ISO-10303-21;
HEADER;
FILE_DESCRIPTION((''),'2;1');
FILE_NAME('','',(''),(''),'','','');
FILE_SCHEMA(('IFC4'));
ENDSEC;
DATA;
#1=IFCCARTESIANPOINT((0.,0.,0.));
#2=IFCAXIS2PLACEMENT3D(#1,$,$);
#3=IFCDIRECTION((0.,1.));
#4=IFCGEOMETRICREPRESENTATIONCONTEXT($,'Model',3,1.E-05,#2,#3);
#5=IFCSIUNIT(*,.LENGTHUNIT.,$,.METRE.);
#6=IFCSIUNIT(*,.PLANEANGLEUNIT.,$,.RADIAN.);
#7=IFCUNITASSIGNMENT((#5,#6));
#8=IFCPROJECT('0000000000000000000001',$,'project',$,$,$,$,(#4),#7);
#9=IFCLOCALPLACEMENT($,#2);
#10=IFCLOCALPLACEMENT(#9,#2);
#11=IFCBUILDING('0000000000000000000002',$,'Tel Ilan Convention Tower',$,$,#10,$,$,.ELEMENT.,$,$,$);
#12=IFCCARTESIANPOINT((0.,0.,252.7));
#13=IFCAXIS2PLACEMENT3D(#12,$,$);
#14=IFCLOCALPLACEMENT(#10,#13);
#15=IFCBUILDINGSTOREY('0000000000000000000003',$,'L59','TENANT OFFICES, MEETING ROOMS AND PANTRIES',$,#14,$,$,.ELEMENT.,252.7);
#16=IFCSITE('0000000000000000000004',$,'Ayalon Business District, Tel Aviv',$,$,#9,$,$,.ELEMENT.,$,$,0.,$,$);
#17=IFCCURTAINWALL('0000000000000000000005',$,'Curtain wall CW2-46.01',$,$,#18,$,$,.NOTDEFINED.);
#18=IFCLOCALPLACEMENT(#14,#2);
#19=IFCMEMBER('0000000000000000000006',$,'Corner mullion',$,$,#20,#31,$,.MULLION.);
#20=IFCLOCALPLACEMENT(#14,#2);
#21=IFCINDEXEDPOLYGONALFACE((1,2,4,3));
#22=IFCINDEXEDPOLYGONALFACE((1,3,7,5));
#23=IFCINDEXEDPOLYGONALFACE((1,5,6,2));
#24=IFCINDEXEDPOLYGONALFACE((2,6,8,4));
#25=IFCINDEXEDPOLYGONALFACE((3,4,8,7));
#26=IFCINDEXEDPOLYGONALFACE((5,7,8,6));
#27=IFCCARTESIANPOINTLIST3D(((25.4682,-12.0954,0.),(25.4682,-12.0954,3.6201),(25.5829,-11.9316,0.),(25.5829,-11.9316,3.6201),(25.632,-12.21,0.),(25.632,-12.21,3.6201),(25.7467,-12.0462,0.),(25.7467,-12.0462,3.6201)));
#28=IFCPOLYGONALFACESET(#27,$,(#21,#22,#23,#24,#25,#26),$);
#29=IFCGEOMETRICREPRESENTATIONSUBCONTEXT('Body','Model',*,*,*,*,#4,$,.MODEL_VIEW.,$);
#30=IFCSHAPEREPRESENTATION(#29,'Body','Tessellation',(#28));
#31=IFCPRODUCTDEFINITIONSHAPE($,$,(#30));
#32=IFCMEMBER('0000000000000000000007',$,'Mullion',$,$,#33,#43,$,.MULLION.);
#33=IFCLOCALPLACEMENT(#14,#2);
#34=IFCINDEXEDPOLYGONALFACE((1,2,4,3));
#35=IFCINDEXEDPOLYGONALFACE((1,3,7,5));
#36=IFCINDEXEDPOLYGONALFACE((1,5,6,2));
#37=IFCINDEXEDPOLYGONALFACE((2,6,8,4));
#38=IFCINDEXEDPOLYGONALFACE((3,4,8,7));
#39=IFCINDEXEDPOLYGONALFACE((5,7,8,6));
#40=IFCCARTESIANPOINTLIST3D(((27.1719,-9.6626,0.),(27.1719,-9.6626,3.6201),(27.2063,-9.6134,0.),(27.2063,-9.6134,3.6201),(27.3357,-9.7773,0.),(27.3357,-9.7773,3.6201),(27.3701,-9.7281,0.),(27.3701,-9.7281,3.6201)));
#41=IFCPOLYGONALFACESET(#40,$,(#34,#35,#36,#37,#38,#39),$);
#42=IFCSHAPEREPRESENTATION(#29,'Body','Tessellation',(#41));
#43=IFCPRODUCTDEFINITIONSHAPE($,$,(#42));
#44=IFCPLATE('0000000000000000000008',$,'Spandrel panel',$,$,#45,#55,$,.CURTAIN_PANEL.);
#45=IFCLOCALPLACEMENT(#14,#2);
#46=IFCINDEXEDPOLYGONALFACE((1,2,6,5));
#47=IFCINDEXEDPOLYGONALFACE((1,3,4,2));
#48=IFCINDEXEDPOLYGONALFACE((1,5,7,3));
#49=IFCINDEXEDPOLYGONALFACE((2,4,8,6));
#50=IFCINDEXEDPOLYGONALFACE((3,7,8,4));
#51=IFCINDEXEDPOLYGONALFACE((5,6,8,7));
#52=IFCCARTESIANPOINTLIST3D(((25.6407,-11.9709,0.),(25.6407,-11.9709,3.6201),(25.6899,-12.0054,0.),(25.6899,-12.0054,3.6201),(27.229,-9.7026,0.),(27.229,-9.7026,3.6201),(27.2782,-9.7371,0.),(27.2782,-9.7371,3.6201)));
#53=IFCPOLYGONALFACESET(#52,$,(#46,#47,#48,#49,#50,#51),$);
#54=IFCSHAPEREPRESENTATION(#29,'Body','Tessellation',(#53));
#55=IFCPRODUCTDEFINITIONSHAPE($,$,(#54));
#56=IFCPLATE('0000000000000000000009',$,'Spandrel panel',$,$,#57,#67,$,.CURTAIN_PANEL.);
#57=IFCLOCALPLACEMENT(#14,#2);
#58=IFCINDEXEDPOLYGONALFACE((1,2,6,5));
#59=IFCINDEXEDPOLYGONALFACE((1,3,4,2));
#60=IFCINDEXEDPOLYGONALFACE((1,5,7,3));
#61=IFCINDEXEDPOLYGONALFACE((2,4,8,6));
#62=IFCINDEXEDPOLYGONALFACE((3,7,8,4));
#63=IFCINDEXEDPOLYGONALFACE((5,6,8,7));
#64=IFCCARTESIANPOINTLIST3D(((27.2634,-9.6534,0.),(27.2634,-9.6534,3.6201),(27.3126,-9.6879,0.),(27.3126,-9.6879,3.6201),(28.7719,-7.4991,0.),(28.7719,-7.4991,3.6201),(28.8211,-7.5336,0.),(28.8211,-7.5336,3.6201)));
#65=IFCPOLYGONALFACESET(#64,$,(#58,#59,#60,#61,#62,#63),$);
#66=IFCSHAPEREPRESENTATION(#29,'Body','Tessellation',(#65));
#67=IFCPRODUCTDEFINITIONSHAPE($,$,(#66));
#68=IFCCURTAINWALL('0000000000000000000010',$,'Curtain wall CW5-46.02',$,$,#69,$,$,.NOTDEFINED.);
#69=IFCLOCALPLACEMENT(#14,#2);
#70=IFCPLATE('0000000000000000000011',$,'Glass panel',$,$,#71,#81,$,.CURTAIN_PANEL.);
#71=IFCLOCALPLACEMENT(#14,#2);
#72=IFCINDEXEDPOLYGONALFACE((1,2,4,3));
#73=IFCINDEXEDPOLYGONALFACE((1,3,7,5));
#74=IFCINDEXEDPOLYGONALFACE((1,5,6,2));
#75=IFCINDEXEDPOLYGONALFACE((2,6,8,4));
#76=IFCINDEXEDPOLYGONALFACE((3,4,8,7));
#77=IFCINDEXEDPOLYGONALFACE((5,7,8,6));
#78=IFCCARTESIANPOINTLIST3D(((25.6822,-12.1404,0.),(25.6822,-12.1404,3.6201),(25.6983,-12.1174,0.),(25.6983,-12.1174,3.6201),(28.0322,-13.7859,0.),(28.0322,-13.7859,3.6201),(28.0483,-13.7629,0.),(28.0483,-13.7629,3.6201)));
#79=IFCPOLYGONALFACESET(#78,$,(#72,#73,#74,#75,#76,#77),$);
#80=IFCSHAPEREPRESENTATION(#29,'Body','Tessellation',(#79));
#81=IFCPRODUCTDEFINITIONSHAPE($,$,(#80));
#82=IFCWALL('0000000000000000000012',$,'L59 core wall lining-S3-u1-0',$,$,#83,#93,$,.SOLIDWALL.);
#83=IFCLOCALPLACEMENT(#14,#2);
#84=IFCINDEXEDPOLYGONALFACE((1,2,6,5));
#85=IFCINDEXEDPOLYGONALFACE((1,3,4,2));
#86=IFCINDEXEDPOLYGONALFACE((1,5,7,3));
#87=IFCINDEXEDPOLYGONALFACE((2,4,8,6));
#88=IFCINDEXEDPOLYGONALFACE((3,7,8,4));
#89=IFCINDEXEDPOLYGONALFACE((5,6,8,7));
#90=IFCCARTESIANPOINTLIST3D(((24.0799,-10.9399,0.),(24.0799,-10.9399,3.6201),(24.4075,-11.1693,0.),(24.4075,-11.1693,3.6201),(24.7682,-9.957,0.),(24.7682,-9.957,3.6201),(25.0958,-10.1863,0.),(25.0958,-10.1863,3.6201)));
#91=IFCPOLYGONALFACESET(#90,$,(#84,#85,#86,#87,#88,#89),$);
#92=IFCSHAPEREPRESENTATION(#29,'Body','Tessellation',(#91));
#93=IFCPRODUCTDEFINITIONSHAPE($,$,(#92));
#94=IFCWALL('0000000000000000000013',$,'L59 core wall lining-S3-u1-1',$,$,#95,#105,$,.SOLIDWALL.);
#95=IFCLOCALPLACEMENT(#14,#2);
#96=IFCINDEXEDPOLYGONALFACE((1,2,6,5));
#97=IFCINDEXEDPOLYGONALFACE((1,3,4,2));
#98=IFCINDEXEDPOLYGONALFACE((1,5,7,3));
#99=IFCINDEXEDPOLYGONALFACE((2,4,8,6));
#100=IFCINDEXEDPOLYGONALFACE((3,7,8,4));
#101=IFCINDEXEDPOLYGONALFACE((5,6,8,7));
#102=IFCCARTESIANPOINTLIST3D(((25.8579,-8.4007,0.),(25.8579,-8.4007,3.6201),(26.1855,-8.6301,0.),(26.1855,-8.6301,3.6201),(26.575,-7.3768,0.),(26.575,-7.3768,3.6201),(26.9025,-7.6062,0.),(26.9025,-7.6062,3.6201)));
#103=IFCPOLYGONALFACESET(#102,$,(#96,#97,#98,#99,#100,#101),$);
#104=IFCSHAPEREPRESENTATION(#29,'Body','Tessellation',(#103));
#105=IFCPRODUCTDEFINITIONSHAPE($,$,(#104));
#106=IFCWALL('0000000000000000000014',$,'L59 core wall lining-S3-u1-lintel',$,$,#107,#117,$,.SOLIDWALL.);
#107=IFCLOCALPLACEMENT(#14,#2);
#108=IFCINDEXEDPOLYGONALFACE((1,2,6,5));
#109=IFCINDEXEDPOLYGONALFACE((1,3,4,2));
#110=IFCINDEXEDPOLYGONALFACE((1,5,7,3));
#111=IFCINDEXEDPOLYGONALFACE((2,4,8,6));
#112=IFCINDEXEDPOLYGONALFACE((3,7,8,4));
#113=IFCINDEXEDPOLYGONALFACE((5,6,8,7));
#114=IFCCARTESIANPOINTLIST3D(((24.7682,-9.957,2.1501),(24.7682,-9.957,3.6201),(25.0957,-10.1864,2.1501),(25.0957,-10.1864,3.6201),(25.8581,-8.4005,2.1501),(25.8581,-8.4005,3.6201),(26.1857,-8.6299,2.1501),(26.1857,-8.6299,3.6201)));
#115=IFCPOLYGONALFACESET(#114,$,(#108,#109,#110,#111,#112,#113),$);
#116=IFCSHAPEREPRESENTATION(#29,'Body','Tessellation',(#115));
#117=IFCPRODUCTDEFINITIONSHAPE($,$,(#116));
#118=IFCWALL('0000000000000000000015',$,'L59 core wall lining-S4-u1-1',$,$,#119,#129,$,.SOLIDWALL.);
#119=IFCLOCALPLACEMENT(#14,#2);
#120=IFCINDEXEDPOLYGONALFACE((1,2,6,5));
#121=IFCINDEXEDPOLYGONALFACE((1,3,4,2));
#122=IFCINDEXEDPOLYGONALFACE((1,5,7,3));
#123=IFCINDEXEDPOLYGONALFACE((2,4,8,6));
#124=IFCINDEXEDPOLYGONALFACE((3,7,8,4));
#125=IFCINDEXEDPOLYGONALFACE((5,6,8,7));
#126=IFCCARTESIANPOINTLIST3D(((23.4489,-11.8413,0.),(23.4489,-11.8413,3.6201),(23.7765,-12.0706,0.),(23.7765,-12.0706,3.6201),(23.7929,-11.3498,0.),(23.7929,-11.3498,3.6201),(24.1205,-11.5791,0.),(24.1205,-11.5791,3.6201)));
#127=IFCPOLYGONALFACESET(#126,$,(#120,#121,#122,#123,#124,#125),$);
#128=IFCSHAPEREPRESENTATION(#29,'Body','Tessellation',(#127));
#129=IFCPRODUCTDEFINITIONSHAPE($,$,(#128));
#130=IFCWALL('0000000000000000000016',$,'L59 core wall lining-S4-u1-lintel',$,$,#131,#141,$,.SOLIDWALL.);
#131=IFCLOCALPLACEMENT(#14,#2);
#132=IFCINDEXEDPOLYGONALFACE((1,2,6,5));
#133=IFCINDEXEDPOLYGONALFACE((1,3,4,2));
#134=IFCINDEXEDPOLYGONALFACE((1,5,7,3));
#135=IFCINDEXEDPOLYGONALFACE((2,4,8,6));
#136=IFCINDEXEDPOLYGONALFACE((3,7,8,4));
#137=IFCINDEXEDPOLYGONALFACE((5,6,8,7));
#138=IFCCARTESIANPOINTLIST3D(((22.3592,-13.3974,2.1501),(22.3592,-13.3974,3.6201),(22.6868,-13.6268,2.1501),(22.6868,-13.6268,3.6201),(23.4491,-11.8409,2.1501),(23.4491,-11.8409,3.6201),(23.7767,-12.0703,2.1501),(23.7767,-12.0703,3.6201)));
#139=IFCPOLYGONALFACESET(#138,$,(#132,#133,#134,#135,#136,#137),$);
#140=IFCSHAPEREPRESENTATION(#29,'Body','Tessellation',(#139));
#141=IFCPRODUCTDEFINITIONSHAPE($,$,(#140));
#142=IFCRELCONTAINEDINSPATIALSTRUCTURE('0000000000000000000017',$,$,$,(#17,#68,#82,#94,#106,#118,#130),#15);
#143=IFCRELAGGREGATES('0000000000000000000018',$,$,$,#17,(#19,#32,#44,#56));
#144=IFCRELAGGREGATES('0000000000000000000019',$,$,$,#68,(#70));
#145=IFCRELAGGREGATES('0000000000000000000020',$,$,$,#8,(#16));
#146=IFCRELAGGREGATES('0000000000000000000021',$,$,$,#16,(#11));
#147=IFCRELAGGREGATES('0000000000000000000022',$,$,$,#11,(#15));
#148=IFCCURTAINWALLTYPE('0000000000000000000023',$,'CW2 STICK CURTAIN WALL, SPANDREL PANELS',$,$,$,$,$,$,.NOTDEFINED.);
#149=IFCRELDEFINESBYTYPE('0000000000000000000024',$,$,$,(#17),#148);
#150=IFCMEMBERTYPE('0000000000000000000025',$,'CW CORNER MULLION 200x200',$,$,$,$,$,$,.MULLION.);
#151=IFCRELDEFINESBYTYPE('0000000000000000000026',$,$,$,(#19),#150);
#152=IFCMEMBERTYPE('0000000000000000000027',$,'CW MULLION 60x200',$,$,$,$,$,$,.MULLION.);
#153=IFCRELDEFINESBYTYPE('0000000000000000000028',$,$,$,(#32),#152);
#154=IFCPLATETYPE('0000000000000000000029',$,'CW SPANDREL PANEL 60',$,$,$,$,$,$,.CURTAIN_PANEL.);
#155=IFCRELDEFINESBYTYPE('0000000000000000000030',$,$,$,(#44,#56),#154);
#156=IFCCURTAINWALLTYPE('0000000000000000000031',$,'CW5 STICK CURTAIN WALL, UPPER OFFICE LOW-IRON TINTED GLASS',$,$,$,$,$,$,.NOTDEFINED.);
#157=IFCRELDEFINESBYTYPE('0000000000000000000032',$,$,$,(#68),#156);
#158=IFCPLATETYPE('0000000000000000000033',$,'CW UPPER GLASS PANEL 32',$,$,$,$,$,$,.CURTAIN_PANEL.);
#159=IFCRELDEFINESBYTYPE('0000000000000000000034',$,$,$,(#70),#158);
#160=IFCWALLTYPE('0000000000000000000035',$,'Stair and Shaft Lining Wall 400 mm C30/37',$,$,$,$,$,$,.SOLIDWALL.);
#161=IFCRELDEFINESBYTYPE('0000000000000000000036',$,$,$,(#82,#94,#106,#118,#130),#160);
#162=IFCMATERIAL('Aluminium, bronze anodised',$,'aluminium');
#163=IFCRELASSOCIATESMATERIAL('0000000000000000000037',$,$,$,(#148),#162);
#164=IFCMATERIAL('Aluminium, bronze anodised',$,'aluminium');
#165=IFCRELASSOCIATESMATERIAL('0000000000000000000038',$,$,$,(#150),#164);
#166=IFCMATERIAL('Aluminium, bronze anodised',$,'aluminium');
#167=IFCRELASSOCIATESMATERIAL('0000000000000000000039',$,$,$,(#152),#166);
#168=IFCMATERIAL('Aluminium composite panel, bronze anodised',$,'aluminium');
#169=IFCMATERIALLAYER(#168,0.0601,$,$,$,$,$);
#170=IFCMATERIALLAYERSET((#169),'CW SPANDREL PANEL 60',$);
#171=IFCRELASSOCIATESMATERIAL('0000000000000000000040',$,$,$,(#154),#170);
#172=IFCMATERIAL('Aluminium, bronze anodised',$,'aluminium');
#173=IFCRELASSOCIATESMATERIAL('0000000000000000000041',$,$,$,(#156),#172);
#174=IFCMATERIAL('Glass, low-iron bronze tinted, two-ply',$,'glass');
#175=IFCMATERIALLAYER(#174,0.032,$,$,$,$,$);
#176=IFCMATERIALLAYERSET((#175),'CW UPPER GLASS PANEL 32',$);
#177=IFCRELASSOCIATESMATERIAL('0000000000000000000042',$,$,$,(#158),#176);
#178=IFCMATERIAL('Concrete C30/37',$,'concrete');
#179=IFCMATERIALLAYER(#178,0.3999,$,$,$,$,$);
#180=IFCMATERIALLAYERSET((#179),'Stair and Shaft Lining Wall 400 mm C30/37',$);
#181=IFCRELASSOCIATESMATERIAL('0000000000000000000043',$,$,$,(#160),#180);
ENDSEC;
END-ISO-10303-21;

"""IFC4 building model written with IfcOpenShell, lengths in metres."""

from ifc_helpers import new_model, si_unit, direction, frame, frame_2d, origin, origin_2d, place, context, subcontext, project, spatial, rectangle, extrude, material, layer, layer_set, material_profile, profile_set, type_object, element, aggregate, save


model = new_model("IFC4")

# Units and contexts
model_context = context("Model", 3, precision=1e-05, world=origin(), true_north=direction((0.0, 1.0)))
body_context = subcontext(model_context, "Body", "Model", "MODEL_VIEW")
ifc_project = project(units=[si_unit("LENGTHUNIT", "METRE"), si_unit("PLANEANGLEUNIT", "RADIAN")], contexts=[model_context])

# Site, building, storey
site_placement = place(None, origin())
site = spatial("IfcSite", under=ifc_project, at=site_placement, Name="Ayalon Business District, Tel Aviv", CompositionType="ELEMENT", RefElevation=0.0)
building_placement = place(site_placement, origin())
building = spatial("IfcBuilding", under=site, at=building_placement, Name="Tel Ilan Convention Tower", CompositionType="ELEMENT")
storey_placement = place(building_placement, frame((0.0, 0.0, 252.7)))
storey = spatial("IfcBuildingStorey", under=building, at=storey_placement, Name="L59", Description="TENANT OFFICES, MEETING ROOMS AND PANTRIES", CompositionType="ELEMENT", Elevation=252.7)

# Curtain wall, members, plates
ifc_material_1 = material(Name="Aluminium, bronze anodised", Category="aluminium")
curtain_wall_type_1 = type_object("IfcCurtainWallType", Name="CW2 STICK CURTAIN WALL, SPANDREL PANELS", PredefinedType="NOTDEFINED", material=ifc_material_1)
curtain_wall_1_placement = place(storey_placement, origin())
curtain_wall_1 = element("IfcCurtainWall", 1, at=curtain_wall_1_placement, inside=storey, type_object=curtain_wall_type_1, Name="Curtain wall CW2-46.01", PredefinedType="NOTDEFINED")
ifc_material_2 = material(Name="Aluminium, bronze anodised", Category="aluminium")
ifc_material_profile_1 = material_profile(ifc_material_2, rectangle(XDim=0.2, YDim=0.2, at=origin_2d()), Name="CW CORNER MULLION 200x200")
ifc_profile_set_1 = profile_set([ifc_material_profile_1], Name="Aluminium, bronze anodised")
member_type_1 = type_object("IfcMemberType", Name="CW CORNER MULLION 200x200", PredefinedType="MULLION", material=ifc_profile_set_1)
member_1_placement = place(storey_placement, frame((25.6074, -12.0708, 0.0), z_axis=(0.0, 0.0, 1.0), x_axis=(-0.819152, 0.573576, 0.0)))
member_1 = element("IfcMember", 2, at=member_1_placement, type_object=member_type_1, Name="Corner mullion", PredefinedType="MULLION", context=body_context, shape_type="SweptSolid", body=[
    extrude(rectangle(XDim=0.2, YDim=0.2, at=origin_2d()), origin(), (0.0, 0.0, 1.0), 3.6201),
])
ifc_material_3 = material(Name="Aluminium, bronze anodised", Category="aluminium")
ifc_material_profile_2 = material_profile(ifc_material_3, rectangle(XDim=0.0601, YDim=0.2, at=origin_2d()), Name="CW MULLION 60x200")
ifc_profile_set_2 = profile_set([ifc_material_profile_2], Name="Aluminium, bronze anodised")
member_type_2 = type_object("IfcMemberType", Name="CW MULLION 60x200", PredefinedType="MULLION", material=ifc_profile_set_2)
member_2_placement = place(storey_placement, frame((27.271, -9.6953, 0.0), z_axis=(0.0, 0.0, 1.0), x_axis=(0.573576, 0.819152, 0.0)))
member_2 = element("IfcMember", 3, at=member_2_placement, type_object=member_type_2, Name="Mullion", PredefinedType="MULLION", context=body_context, shape_type="SweptSolid", body=[
    extrude(rectangle(XDim=0.0601, YDim=0.2, at=origin_2d()), origin(), (0.0, 0.0, 1.0), 3.6201),
])
ifc_material_4 = material(Name="Aluminium composite panel, bronze anodised", Category="aluminium")
ifc_layer_1 = layer(ifc_material_4, 0.0601)
ifc_layer_set_1 = layer_set([ifc_layer_1], Name="CW SPANDREL PANEL 60")
plate_type_1 = type_object("IfcPlateType", Name="CW SPANDREL PANEL 60", PredefinedType="CURTAIN_PANEL", material=ifc_layer_set_1)
plate_1_placement = place(storey_placement, frame((26.4595, -10.854, 0.0), z_axis=(0.0, 0.0, 1.0), x_axis=(0.573576, 0.819152, 0.0)))
plate_1 = element("IfcPlate", 4, at=plate_1_placement, type_object=plate_type_1, Name="Spandrel panel", PredefinedType="CURTAIN_PANEL", context=body_context, shape_type="SweptSolid", body=[
    extrude(rectangle(XDim=2.769, YDim=0.0601, at=origin_2d()), origin(), (0.0, 0.0, 1.0), 3.6201),
])
plate_2_placement = place(storey_placement, frame((28.0422, -8.5935, 0.0), z_axis=(0.0, 0.0, 1.0), x_axis=(0.573576, 0.819152, 0.0)))
plate_2 = element("IfcPlate", 5, at=plate_2_placement, type_object=plate_type_1, Name="Spandrel panel", PredefinedType="CURTAIN_PANEL", context=body_context, shape_type="SweptSolid", body=[
    extrude(rectangle(XDim=2.6299, YDim=0.0601, at=origin_2d()), origin(), (0.0, 0.0, 1.0), 3.6201),
])
aggregate(curtain_wall_1, [member_1, member_2, plate_1, plate_2])

# Curtain wall, plate
ifc_material_5 = material(Name="Aluminium, bronze anodised", Category="aluminium")
curtain_wall_type_2 = type_object("IfcCurtainWallType", Name="CW5 STICK CURTAIN WALL, UPPER OFFICE LOW-IRON TINTED GLASS", PredefinedType="NOTDEFINED", material=ifc_material_5)
curtain_wall_2_placement = place(storey_placement, origin())
curtain_wall_2 = element("IfcCurtainWall", 6, at=curtain_wall_2_placement, inside=storey, type_object=curtain_wall_type_2, Name="Curtain wall CW5-46.02", PredefinedType="NOTDEFINED")
ifc_material_6 = material(Name="Glass, low-iron bronze tinted, two-ply", Category="glass")
ifc_layer_2 = layer(ifc_material_6, 0.032)
ifc_layer_set_2 = layer_set([ifc_layer_2], Name="CW UPPER GLASS PANEL 32")
plate_type_2 = type_object("IfcPlateType", Name="CW UPPER GLASS PANEL 32", PredefinedType="CURTAIN_PANEL", material=ifc_layer_set_2)
plate_3_placement = place(storey_placement, frame((26.8652, -12.9517, 0.0), z_axis=(0.0, 0.0, 1.0), x_axis=(-0.819152, 0.573576, 0.0)))
plate_3 = element("IfcPlate", 7, at=plate_3_placement, type_object=plate_type_2, Name="Glass panel", PredefinedType="CURTAIN_PANEL", context=body_context, shape_type="SweptSolid", body=[
    extrude(rectangle(XDim=2.8689, YDim=0.0281, at=origin_2d()), origin(), (0.0, 0.0, 1.0), 3.6201),
])
aggregate(curtain_wall_2, [plate_3])

# Walls
ifc_material_7 = material(Name="Concrete C30/37", Category="concrete")
ifc_layer_3 = layer(ifc_material_7, 0.3999)
ifc_layer_set_3 = layer_set([ifc_layer_3], Name="Stair and Shaft Lining Wall 400 mm C30/37")
wall_type = type_object("IfcWallType", Name="Stair and Shaft Lining Wall 400 mm C30/37", PredefinedType="SOLIDWALL", material=ifc_layer_set_3)
wall_1_placement = place(storey_placement, frame((24.2437, -11.0547, 0.0), z_axis=(0.0, 0.0, 1.0), x_axis=(0.573572, 0.819155, 0.0)))
element("IfcWall", 8, at=wall_1_placement, inside=storey, type_object=wall_type, Name="L59 core wall lining-S3-u1-0", PredefinedType="SOLIDWALL", context=body_context, shape_type="SweptSolid", body=[
    extrude(rectangle(XDim=1.2, YDim=0.3999, at=frame_2d((0.6001, 0.0))), origin(), (0.0, 0.0, 1.0), 3.6201),
])
wall_2_placement = place(storey_placement, frame((26.0217, -8.5154, 0.0), z_axis=(0.0, 0.0, 1.0), x_axis=(0.57362, 0.819122, 0.0)))
element("IfcWall", 9, at=wall_2_placement, inside=storey, type_object=wall_type, Name="L59 core wall lining-S3-u1-1", PredefinedType="SOLIDWALL", context=body_context, shape_type="SweptSolid", body=[
    extrude(rectangle(XDim=1.25, YDim=0.3999, at=frame_2d((0.625, 0.0))), origin(), (0.0, 0.0, 1.0), 3.6201),
])
wall_3_placement = place(storey_placement, frame((24.9319, -10.0718, 2.1501), z_axis=(0.0, 0.0, 1.0), x_axis=(0.573592, 0.819141, 0.0)))
element("IfcWall", 10, at=wall_3_placement, inside=storey, type_object=wall_type, Name="L59 core wall lining-S3-u1-lintel", PredefinedType="SOLIDWALL", context=body_context, shape_type="SweptSolid", body=[
    extrude(rectangle(XDim=1.9001, YDim=0.3999, at=frame_2d((0.9502, 0.0))), origin(), (0.0, 0.0, 1.0), 1.47),
])
wall_4_placement = place(storey_placement, frame((23.6128, -11.9558, 0.0), z_axis=(0.0, 0.0, 1.0), x_axis=(0.573435, 0.819251, 0.0)))
element("IfcWall", 11, at=wall_4_placement, inside=storey, type_object=wall_type, Name="L59 core wall lining-S4-u1-1", PredefinedType="SOLIDWALL", context=body_context, shape_type="SweptSolid", body=[
    extrude(rectangle(XDim=0.5999, YDim=0.3999, at=frame_2d((0.2998, 0.0))), origin(), (0.0, 0.0, 1.0), 3.6201),
])
wall_5_placement = place(storey_placement, frame((22.5229, -13.5122, 2.1501), z_axis=(0.0, 0.0, 1.0), x_axis=(0.573592, 0.819141, 0.0)))
element("IfcWall", 12, at=wall_5_placement, inside=storey, type_object=wall_type, Name="L59 core wall lining-S4-u1-lintel", PredefinedType="SOLIDWALL", context=body_context, shape_type="SweptSolid", body=[
    extrude(rectangle(XDim=1.9001, YDim=0.3999, at=frame_2d((0.9502, 0.0))), origin(), (0.0, 0.0, 1.0), 1.47),
])

save(model, "model.ifc")
